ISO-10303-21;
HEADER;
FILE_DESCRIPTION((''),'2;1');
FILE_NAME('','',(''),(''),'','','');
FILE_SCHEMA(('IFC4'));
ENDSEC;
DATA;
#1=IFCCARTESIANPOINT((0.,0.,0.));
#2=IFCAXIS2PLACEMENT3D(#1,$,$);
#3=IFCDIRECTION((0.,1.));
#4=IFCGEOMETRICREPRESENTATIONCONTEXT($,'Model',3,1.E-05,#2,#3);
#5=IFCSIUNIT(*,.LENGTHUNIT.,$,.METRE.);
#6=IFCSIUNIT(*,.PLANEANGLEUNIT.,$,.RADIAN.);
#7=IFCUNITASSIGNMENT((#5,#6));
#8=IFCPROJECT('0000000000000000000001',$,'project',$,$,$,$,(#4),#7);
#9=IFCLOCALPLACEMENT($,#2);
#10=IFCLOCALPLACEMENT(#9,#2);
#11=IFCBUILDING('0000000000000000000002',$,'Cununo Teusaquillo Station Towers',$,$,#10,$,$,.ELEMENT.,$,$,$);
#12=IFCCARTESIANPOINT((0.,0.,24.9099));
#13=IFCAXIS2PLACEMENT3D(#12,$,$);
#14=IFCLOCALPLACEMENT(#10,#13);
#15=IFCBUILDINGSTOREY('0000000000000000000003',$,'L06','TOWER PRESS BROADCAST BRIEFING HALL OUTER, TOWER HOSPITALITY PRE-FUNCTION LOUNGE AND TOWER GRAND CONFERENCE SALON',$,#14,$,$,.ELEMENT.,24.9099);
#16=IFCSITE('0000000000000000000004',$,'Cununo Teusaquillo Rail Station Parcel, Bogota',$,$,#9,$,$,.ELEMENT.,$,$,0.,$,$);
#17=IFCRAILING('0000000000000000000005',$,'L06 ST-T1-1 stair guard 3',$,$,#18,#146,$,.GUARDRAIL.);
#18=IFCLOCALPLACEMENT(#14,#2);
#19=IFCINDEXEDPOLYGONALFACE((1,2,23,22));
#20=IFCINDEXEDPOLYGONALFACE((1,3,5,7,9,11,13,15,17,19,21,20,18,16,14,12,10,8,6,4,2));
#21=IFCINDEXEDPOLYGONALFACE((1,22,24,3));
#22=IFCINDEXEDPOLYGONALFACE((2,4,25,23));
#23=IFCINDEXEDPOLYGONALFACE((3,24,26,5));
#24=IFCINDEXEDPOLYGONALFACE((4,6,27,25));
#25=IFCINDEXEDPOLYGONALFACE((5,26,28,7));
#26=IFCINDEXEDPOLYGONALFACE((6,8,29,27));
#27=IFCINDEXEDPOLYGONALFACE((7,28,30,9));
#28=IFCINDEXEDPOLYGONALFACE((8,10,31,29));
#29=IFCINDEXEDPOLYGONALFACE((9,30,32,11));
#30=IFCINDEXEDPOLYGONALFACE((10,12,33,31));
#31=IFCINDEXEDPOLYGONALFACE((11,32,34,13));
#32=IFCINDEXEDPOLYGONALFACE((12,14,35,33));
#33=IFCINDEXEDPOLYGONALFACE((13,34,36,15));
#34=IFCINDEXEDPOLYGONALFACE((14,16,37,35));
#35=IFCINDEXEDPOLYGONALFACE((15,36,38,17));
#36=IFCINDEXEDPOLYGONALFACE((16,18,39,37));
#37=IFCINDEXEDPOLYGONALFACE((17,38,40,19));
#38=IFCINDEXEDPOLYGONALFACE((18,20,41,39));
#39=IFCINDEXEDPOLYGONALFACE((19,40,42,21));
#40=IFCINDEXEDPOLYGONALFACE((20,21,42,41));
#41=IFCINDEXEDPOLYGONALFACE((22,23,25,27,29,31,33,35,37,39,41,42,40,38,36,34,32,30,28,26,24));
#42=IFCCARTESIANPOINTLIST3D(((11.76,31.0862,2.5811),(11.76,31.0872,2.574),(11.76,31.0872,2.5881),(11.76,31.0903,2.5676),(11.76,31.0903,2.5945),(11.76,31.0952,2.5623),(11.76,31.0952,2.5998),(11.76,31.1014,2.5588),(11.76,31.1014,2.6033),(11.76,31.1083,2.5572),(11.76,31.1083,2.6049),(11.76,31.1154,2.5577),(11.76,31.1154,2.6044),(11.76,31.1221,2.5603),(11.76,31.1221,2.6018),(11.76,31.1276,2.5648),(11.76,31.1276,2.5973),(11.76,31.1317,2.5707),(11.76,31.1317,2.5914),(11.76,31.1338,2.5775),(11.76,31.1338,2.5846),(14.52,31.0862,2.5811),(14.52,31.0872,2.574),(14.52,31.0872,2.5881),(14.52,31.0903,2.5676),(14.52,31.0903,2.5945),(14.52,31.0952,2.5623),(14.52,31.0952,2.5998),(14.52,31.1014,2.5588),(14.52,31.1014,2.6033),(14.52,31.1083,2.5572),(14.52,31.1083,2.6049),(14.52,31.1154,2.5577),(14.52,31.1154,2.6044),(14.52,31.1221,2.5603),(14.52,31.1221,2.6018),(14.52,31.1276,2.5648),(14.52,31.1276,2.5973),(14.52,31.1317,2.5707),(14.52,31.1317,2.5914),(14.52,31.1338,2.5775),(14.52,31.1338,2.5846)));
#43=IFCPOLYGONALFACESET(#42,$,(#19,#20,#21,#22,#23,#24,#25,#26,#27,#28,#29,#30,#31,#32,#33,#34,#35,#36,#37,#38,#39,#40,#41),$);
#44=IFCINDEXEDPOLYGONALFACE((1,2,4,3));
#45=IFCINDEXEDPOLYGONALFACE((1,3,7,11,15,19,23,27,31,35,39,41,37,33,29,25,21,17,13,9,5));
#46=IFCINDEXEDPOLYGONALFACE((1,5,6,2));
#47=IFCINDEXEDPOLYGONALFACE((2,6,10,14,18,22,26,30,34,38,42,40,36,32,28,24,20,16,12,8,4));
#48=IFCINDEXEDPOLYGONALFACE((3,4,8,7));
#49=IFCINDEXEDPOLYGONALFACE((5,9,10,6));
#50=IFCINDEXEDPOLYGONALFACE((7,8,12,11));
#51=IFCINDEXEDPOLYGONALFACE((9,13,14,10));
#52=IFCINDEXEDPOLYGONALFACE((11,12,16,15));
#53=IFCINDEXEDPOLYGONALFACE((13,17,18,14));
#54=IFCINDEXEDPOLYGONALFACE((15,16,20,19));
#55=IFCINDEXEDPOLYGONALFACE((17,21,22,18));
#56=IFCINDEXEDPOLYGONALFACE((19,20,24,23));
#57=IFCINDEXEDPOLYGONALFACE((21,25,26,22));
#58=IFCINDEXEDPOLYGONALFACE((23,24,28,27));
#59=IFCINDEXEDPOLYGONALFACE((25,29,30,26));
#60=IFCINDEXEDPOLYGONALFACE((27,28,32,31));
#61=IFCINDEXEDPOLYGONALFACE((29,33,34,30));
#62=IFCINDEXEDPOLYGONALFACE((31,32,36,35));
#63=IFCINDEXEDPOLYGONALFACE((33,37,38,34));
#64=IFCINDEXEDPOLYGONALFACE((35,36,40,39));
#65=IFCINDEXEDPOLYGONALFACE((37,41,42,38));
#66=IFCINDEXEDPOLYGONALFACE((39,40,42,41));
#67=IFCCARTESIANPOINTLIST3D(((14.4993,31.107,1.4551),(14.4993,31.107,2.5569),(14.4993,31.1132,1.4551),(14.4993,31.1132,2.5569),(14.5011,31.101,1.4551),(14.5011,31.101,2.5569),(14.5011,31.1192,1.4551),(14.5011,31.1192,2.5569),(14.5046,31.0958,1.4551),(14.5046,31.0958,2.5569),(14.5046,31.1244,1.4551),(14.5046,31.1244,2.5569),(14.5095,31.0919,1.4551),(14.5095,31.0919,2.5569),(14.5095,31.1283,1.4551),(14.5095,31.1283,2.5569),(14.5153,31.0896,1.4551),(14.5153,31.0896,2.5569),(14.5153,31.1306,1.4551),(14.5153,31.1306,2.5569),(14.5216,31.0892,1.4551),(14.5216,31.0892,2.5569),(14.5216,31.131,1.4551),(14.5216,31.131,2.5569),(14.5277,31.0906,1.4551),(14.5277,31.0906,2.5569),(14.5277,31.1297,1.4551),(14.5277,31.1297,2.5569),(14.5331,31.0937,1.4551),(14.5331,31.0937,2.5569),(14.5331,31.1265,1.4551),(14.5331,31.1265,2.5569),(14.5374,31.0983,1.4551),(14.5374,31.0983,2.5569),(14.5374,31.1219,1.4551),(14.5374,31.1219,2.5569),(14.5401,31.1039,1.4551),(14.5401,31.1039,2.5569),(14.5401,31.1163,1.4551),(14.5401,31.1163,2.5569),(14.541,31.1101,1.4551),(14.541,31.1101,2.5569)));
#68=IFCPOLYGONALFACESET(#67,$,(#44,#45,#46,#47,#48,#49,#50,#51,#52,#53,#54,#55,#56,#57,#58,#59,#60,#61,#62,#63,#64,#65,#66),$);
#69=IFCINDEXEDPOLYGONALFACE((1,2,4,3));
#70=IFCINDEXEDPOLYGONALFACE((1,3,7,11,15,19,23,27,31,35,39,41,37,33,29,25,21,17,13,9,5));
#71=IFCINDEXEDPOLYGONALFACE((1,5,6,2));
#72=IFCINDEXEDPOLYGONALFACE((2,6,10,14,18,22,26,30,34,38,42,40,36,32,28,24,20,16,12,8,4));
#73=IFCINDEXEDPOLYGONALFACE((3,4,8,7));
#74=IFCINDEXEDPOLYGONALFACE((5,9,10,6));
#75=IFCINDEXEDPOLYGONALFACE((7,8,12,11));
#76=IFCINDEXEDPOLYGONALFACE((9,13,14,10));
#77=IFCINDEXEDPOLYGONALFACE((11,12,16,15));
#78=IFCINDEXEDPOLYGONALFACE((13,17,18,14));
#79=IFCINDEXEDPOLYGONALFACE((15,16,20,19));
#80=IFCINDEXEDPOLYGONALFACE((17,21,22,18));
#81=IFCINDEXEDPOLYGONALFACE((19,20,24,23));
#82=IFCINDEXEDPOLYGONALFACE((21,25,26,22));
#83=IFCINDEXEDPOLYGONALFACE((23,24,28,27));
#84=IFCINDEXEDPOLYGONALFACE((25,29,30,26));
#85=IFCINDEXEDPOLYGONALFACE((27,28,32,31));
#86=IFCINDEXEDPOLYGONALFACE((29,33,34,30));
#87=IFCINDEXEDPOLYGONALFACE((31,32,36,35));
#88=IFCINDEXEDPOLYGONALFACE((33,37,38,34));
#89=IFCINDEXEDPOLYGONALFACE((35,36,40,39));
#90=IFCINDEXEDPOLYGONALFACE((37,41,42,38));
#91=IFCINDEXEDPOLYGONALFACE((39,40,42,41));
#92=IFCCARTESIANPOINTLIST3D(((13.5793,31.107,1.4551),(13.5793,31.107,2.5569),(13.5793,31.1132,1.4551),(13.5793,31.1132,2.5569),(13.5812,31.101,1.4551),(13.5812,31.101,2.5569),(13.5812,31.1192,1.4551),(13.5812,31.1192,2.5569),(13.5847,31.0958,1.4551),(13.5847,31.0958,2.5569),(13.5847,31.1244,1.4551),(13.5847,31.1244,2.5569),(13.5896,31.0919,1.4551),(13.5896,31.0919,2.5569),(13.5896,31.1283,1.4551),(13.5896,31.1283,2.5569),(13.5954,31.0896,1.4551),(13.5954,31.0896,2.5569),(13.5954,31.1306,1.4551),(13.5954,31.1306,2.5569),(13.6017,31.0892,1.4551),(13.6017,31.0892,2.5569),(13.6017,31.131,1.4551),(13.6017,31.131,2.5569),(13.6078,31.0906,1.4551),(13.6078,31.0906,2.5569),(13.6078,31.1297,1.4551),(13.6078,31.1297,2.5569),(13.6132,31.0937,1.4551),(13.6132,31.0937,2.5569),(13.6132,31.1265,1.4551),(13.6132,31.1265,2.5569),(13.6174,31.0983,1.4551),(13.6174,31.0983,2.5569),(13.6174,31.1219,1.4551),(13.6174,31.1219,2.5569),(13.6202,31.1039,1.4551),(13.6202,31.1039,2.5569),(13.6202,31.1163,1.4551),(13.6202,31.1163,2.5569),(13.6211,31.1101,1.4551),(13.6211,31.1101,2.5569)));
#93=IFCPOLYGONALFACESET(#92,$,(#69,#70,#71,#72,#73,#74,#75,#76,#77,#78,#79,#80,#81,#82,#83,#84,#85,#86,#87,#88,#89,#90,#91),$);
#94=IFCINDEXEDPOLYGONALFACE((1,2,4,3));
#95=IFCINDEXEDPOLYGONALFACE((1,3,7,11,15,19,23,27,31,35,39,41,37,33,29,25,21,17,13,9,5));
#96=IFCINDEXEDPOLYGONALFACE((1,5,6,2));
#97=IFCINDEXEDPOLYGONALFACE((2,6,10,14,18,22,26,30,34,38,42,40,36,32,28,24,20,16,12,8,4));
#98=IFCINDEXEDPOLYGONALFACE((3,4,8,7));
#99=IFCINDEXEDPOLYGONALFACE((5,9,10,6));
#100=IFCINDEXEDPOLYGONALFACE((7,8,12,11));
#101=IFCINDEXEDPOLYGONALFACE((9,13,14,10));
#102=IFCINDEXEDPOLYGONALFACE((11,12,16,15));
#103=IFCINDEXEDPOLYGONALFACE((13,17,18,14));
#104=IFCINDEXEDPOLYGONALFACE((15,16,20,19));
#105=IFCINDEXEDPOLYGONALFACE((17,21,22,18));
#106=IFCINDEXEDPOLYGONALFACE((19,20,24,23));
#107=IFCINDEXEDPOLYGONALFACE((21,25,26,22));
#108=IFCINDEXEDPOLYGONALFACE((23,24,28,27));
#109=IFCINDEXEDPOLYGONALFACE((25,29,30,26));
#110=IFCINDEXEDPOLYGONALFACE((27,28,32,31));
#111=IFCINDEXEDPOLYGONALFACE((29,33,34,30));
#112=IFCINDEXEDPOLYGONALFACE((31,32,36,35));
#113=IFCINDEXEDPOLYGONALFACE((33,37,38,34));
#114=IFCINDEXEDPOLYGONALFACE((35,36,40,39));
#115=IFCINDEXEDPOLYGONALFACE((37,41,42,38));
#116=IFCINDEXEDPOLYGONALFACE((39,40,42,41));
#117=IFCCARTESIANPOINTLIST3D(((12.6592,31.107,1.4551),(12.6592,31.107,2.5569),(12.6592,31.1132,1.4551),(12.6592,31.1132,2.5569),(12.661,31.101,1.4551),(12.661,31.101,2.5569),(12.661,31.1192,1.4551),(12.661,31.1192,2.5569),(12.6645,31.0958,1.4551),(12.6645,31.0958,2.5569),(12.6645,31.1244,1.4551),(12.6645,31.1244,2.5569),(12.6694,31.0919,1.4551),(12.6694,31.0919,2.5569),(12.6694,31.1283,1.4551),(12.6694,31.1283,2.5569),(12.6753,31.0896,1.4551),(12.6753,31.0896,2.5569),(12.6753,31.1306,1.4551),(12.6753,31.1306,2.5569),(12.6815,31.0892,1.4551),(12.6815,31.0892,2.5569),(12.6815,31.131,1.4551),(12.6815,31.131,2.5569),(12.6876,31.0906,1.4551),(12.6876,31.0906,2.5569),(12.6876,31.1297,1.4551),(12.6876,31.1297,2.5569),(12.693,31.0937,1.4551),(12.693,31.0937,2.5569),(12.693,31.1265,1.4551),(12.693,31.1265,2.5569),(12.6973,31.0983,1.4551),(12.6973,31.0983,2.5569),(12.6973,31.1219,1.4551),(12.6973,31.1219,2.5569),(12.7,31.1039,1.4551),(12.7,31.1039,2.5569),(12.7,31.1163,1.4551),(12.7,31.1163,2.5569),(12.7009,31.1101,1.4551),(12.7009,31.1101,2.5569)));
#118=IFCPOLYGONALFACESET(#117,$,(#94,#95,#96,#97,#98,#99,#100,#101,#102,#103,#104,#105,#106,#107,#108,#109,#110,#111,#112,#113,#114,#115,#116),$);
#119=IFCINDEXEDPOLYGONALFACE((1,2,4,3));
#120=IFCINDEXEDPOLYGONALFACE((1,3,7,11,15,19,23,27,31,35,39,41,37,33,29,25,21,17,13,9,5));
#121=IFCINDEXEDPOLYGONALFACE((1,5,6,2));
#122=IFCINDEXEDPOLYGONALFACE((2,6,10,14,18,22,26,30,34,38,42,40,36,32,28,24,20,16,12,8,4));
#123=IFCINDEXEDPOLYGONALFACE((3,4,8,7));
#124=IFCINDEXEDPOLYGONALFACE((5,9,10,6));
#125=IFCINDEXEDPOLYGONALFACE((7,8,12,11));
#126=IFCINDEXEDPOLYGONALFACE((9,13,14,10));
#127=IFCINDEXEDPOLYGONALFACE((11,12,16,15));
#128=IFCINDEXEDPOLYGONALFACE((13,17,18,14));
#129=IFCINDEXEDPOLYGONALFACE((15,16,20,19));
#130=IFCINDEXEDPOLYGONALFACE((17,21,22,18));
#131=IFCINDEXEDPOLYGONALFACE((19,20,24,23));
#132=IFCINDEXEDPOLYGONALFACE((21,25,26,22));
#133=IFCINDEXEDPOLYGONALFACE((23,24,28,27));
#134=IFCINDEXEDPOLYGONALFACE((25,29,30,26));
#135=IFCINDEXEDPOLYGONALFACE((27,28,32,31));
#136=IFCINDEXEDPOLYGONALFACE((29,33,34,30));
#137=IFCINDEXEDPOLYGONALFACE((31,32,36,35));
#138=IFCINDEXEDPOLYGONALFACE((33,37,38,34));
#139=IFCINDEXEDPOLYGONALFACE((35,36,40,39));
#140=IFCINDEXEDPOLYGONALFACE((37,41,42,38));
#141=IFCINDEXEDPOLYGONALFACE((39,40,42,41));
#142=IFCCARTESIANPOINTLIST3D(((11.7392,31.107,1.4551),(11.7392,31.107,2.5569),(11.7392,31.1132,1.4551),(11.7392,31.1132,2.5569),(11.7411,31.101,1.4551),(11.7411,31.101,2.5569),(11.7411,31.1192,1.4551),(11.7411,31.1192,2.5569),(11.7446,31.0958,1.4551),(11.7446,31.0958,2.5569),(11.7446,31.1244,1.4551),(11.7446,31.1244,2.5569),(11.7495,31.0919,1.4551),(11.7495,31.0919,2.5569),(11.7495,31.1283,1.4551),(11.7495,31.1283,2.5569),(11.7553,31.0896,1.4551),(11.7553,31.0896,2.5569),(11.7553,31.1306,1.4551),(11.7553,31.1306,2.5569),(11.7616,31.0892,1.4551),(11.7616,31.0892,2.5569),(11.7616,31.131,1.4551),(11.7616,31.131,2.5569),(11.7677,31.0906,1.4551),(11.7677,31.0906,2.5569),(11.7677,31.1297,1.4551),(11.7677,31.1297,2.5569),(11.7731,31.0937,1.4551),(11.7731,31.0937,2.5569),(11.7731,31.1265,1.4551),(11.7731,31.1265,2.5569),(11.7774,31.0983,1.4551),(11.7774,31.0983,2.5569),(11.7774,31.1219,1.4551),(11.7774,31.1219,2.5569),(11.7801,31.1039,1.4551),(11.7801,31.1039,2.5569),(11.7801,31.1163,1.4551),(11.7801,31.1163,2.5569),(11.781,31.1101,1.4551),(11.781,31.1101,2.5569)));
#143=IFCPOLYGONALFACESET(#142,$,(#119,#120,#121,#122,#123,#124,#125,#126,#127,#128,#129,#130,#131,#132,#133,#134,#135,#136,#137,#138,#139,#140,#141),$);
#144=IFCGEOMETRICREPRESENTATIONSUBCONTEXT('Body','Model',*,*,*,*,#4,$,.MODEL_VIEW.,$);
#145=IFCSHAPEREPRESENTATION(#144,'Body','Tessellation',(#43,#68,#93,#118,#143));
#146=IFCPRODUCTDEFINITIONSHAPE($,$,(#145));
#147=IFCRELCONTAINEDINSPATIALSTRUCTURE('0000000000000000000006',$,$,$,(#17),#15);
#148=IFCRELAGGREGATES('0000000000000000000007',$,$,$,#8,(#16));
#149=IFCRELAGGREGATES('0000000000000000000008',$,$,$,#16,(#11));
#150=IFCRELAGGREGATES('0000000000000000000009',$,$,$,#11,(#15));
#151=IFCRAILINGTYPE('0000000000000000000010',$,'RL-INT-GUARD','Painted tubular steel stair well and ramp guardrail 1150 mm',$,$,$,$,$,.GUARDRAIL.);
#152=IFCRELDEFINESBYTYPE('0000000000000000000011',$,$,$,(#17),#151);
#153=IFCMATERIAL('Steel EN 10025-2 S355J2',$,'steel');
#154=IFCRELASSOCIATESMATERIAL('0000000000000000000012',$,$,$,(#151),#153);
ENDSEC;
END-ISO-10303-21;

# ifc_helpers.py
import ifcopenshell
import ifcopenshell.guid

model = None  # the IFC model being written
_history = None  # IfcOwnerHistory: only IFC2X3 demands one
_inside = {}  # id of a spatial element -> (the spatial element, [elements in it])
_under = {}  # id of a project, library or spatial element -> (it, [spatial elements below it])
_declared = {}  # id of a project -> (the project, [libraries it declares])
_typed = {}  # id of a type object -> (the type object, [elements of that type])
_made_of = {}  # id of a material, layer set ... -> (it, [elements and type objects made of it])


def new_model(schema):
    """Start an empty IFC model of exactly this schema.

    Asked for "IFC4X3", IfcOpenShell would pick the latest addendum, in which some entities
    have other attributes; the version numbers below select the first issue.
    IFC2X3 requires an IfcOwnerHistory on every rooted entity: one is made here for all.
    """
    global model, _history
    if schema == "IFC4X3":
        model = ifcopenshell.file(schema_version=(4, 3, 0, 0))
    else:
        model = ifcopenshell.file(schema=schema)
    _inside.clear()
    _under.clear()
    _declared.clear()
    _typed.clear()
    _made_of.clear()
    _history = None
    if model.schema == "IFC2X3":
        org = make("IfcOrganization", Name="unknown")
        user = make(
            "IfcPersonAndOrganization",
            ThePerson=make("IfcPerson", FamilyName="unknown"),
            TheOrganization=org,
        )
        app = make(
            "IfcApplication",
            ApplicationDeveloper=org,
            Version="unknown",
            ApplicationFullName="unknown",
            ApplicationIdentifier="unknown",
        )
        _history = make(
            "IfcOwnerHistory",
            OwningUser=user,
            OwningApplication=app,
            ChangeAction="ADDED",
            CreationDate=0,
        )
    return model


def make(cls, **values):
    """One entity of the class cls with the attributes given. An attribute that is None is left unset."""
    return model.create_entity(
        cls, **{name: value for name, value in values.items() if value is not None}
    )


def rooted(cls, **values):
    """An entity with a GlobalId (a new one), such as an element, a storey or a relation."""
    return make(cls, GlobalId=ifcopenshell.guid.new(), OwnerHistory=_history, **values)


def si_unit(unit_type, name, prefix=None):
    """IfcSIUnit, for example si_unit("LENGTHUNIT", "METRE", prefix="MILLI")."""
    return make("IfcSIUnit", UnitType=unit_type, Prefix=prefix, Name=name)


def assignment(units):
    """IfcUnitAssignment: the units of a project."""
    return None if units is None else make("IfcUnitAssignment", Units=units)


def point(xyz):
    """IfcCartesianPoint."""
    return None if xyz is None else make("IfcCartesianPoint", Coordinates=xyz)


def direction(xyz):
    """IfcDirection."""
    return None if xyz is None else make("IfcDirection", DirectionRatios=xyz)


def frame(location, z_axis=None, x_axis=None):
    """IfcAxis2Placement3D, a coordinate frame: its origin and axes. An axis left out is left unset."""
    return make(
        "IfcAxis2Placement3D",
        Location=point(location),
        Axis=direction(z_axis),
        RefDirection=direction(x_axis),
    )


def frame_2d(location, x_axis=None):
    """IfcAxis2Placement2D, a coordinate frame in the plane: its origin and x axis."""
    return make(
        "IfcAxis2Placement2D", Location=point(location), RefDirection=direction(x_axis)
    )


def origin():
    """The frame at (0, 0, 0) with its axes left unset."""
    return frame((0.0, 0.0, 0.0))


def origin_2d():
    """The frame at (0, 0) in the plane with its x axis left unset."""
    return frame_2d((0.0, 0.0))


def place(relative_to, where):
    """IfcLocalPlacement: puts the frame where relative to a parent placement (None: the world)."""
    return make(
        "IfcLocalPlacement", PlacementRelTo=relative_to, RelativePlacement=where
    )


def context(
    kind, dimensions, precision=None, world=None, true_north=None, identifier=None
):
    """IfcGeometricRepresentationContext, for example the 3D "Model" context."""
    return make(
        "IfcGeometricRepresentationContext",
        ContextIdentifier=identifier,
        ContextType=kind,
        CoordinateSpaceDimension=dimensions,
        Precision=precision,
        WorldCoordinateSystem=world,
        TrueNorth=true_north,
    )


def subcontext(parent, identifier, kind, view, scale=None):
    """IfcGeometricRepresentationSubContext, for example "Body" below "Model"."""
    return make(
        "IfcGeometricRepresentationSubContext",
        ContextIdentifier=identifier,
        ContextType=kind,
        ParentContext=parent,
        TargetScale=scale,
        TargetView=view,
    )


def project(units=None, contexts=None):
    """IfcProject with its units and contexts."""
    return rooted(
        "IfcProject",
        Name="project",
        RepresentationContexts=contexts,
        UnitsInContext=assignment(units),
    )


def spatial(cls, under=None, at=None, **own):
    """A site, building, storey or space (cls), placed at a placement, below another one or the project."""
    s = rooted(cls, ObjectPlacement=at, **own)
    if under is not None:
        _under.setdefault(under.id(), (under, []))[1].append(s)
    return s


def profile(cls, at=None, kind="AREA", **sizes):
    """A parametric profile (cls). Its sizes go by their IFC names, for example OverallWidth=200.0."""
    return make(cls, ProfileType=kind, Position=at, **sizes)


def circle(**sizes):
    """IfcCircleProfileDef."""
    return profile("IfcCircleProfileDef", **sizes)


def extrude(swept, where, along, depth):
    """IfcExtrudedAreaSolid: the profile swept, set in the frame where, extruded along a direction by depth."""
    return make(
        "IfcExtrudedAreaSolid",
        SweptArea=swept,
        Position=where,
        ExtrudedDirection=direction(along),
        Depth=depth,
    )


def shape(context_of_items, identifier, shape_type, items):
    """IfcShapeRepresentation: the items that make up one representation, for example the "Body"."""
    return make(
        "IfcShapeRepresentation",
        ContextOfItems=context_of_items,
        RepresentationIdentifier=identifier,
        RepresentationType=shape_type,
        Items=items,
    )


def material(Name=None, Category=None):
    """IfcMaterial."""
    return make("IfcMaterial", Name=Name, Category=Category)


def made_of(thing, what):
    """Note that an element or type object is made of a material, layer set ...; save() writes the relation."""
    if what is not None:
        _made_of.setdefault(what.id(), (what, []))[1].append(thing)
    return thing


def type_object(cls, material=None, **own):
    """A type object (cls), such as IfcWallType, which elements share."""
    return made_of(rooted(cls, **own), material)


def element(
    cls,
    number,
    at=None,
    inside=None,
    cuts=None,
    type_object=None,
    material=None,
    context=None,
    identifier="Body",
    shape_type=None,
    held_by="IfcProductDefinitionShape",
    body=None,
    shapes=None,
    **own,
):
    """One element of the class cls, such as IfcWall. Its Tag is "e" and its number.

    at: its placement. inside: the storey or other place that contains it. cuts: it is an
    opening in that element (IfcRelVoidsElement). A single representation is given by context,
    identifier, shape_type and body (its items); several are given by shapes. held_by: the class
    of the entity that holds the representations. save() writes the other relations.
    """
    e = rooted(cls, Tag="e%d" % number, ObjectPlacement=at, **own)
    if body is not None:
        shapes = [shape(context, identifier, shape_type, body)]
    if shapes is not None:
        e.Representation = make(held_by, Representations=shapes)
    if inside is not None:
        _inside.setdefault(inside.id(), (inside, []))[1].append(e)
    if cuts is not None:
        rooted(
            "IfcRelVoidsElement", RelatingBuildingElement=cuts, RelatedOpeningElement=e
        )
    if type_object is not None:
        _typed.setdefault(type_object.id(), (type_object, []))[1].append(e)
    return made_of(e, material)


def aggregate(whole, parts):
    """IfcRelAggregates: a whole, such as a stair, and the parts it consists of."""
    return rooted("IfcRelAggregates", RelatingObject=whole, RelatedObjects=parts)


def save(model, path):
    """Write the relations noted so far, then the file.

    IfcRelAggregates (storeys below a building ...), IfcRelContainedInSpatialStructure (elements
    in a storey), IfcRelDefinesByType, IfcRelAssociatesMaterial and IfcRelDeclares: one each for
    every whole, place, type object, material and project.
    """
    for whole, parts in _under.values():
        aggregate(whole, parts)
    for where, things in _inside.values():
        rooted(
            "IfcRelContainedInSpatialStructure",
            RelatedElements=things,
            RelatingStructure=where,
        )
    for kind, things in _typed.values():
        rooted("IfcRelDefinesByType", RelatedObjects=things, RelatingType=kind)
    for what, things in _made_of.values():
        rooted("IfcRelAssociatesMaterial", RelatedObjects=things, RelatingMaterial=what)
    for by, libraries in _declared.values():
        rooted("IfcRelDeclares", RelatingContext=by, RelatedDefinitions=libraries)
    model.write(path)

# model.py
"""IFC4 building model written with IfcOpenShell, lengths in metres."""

from ifc_helpers import new_model, si_unit, direction, frame, origin, origin_2d, place, context, subcontext, project, spatial, circle, extrude, material, type_object, element, save


model = new_model("IFC4")

# Units and contexts
model_context = context("Model", 3, precision=1e-05, world=origin(), true_north=direction((0.0, 1.0)))
body_context = subcontext(model_context, "Body", "Model", "MODEL_VIEW")
ifc_project = project(units=[si_unit("LENGTHUNIT", "METRE"), si_unit("PLANEANGLEUNIT", "RADIAN")], contexts=[model_context])

# Site, building, storey
site_placement = place(None, origin())
site = spatial("IfcSite", under=ifc_project, at=site_placement, Name="Cununo Teusaquillo Rail Station Parcel, Bogota", CompositionType="ELEMENT", RefElevation=0.0)
building_placement = place(site_placement, origin())
building = spatial("IfcBuilding", under=site, at=building_placement, Name="Cununo Teusaquillo Station Towers", CompositionType="ELEMENT")
storey_placement = place(building_placement, frame((0.0, 0.0, 24.9099)))
storey = spatial("IfcBuildingStorey", under=building, at=storey_placement, Name="L06", Description="TOWER PRESS BROADCAST BRIEFING HALL OUTER, TOWER HOSPITALITY PRE-FUNCTION LOUNGE AND TOWER GRAND CONFERENCE SALON", CompositionType="ELEMENT", Elevation=24.9099)

# Railing
ifc_material_1 = material(Name="Steel EN 10025-2 S355J2", Category="steel")
railing_type_1 = type_object("IfcRailingType", Name="RL-INT-GUARD", Description="Painted tubular steel stair well and ramp guardrail 1150 mm", PredefinedType="GUARDRAIL", material=ifc_material_1)
railing_1_placement = place(storey_placement, frame((14.52, 31.1101, 1.4551)))
element("IfcRailing", 1, at=railing_1_placement, inside=storey, type_object=railing_type_1, Name="L06 ST-T1-1 stair guard 3", PredefinedType="GUARDRAIL", context=body_context, shape_type="SweptSolid", body=[
    extrude(circle(Radius=0.0239, at=origin_2d()), frame((0.0, 0.0, 1.126), z_axis=(-1.0, 0.0, 0.0), x_axis=(0.0, -1.0, 0.0)), (0.0, 0.0, 1.0), 2.76),
    extrude(circle(Radius=0.021, at=origin_2d()), origin(), (0.0, 0.0, 1.0), 1.1018),
    extrude(circle(Radius=0.021, at=origin_2d()), frame((-0.9199, 0.0, 0.0)), (0.0, 0.0, 1.0), 1.1018),
    extrude(circle(Radius=0.021, at=origin_2d()), frame((-1.8401, 0.0, 0.0)), (0.0, 0.0, 1.0), 1.1018),
    extrude(circle(Radius=0.021, at=origin_2d()), frame((-2.76, 0.0, 0.0)), (0.0, 0.0, 1.0), 1.1018),
])

save(model, "model.ifc")
